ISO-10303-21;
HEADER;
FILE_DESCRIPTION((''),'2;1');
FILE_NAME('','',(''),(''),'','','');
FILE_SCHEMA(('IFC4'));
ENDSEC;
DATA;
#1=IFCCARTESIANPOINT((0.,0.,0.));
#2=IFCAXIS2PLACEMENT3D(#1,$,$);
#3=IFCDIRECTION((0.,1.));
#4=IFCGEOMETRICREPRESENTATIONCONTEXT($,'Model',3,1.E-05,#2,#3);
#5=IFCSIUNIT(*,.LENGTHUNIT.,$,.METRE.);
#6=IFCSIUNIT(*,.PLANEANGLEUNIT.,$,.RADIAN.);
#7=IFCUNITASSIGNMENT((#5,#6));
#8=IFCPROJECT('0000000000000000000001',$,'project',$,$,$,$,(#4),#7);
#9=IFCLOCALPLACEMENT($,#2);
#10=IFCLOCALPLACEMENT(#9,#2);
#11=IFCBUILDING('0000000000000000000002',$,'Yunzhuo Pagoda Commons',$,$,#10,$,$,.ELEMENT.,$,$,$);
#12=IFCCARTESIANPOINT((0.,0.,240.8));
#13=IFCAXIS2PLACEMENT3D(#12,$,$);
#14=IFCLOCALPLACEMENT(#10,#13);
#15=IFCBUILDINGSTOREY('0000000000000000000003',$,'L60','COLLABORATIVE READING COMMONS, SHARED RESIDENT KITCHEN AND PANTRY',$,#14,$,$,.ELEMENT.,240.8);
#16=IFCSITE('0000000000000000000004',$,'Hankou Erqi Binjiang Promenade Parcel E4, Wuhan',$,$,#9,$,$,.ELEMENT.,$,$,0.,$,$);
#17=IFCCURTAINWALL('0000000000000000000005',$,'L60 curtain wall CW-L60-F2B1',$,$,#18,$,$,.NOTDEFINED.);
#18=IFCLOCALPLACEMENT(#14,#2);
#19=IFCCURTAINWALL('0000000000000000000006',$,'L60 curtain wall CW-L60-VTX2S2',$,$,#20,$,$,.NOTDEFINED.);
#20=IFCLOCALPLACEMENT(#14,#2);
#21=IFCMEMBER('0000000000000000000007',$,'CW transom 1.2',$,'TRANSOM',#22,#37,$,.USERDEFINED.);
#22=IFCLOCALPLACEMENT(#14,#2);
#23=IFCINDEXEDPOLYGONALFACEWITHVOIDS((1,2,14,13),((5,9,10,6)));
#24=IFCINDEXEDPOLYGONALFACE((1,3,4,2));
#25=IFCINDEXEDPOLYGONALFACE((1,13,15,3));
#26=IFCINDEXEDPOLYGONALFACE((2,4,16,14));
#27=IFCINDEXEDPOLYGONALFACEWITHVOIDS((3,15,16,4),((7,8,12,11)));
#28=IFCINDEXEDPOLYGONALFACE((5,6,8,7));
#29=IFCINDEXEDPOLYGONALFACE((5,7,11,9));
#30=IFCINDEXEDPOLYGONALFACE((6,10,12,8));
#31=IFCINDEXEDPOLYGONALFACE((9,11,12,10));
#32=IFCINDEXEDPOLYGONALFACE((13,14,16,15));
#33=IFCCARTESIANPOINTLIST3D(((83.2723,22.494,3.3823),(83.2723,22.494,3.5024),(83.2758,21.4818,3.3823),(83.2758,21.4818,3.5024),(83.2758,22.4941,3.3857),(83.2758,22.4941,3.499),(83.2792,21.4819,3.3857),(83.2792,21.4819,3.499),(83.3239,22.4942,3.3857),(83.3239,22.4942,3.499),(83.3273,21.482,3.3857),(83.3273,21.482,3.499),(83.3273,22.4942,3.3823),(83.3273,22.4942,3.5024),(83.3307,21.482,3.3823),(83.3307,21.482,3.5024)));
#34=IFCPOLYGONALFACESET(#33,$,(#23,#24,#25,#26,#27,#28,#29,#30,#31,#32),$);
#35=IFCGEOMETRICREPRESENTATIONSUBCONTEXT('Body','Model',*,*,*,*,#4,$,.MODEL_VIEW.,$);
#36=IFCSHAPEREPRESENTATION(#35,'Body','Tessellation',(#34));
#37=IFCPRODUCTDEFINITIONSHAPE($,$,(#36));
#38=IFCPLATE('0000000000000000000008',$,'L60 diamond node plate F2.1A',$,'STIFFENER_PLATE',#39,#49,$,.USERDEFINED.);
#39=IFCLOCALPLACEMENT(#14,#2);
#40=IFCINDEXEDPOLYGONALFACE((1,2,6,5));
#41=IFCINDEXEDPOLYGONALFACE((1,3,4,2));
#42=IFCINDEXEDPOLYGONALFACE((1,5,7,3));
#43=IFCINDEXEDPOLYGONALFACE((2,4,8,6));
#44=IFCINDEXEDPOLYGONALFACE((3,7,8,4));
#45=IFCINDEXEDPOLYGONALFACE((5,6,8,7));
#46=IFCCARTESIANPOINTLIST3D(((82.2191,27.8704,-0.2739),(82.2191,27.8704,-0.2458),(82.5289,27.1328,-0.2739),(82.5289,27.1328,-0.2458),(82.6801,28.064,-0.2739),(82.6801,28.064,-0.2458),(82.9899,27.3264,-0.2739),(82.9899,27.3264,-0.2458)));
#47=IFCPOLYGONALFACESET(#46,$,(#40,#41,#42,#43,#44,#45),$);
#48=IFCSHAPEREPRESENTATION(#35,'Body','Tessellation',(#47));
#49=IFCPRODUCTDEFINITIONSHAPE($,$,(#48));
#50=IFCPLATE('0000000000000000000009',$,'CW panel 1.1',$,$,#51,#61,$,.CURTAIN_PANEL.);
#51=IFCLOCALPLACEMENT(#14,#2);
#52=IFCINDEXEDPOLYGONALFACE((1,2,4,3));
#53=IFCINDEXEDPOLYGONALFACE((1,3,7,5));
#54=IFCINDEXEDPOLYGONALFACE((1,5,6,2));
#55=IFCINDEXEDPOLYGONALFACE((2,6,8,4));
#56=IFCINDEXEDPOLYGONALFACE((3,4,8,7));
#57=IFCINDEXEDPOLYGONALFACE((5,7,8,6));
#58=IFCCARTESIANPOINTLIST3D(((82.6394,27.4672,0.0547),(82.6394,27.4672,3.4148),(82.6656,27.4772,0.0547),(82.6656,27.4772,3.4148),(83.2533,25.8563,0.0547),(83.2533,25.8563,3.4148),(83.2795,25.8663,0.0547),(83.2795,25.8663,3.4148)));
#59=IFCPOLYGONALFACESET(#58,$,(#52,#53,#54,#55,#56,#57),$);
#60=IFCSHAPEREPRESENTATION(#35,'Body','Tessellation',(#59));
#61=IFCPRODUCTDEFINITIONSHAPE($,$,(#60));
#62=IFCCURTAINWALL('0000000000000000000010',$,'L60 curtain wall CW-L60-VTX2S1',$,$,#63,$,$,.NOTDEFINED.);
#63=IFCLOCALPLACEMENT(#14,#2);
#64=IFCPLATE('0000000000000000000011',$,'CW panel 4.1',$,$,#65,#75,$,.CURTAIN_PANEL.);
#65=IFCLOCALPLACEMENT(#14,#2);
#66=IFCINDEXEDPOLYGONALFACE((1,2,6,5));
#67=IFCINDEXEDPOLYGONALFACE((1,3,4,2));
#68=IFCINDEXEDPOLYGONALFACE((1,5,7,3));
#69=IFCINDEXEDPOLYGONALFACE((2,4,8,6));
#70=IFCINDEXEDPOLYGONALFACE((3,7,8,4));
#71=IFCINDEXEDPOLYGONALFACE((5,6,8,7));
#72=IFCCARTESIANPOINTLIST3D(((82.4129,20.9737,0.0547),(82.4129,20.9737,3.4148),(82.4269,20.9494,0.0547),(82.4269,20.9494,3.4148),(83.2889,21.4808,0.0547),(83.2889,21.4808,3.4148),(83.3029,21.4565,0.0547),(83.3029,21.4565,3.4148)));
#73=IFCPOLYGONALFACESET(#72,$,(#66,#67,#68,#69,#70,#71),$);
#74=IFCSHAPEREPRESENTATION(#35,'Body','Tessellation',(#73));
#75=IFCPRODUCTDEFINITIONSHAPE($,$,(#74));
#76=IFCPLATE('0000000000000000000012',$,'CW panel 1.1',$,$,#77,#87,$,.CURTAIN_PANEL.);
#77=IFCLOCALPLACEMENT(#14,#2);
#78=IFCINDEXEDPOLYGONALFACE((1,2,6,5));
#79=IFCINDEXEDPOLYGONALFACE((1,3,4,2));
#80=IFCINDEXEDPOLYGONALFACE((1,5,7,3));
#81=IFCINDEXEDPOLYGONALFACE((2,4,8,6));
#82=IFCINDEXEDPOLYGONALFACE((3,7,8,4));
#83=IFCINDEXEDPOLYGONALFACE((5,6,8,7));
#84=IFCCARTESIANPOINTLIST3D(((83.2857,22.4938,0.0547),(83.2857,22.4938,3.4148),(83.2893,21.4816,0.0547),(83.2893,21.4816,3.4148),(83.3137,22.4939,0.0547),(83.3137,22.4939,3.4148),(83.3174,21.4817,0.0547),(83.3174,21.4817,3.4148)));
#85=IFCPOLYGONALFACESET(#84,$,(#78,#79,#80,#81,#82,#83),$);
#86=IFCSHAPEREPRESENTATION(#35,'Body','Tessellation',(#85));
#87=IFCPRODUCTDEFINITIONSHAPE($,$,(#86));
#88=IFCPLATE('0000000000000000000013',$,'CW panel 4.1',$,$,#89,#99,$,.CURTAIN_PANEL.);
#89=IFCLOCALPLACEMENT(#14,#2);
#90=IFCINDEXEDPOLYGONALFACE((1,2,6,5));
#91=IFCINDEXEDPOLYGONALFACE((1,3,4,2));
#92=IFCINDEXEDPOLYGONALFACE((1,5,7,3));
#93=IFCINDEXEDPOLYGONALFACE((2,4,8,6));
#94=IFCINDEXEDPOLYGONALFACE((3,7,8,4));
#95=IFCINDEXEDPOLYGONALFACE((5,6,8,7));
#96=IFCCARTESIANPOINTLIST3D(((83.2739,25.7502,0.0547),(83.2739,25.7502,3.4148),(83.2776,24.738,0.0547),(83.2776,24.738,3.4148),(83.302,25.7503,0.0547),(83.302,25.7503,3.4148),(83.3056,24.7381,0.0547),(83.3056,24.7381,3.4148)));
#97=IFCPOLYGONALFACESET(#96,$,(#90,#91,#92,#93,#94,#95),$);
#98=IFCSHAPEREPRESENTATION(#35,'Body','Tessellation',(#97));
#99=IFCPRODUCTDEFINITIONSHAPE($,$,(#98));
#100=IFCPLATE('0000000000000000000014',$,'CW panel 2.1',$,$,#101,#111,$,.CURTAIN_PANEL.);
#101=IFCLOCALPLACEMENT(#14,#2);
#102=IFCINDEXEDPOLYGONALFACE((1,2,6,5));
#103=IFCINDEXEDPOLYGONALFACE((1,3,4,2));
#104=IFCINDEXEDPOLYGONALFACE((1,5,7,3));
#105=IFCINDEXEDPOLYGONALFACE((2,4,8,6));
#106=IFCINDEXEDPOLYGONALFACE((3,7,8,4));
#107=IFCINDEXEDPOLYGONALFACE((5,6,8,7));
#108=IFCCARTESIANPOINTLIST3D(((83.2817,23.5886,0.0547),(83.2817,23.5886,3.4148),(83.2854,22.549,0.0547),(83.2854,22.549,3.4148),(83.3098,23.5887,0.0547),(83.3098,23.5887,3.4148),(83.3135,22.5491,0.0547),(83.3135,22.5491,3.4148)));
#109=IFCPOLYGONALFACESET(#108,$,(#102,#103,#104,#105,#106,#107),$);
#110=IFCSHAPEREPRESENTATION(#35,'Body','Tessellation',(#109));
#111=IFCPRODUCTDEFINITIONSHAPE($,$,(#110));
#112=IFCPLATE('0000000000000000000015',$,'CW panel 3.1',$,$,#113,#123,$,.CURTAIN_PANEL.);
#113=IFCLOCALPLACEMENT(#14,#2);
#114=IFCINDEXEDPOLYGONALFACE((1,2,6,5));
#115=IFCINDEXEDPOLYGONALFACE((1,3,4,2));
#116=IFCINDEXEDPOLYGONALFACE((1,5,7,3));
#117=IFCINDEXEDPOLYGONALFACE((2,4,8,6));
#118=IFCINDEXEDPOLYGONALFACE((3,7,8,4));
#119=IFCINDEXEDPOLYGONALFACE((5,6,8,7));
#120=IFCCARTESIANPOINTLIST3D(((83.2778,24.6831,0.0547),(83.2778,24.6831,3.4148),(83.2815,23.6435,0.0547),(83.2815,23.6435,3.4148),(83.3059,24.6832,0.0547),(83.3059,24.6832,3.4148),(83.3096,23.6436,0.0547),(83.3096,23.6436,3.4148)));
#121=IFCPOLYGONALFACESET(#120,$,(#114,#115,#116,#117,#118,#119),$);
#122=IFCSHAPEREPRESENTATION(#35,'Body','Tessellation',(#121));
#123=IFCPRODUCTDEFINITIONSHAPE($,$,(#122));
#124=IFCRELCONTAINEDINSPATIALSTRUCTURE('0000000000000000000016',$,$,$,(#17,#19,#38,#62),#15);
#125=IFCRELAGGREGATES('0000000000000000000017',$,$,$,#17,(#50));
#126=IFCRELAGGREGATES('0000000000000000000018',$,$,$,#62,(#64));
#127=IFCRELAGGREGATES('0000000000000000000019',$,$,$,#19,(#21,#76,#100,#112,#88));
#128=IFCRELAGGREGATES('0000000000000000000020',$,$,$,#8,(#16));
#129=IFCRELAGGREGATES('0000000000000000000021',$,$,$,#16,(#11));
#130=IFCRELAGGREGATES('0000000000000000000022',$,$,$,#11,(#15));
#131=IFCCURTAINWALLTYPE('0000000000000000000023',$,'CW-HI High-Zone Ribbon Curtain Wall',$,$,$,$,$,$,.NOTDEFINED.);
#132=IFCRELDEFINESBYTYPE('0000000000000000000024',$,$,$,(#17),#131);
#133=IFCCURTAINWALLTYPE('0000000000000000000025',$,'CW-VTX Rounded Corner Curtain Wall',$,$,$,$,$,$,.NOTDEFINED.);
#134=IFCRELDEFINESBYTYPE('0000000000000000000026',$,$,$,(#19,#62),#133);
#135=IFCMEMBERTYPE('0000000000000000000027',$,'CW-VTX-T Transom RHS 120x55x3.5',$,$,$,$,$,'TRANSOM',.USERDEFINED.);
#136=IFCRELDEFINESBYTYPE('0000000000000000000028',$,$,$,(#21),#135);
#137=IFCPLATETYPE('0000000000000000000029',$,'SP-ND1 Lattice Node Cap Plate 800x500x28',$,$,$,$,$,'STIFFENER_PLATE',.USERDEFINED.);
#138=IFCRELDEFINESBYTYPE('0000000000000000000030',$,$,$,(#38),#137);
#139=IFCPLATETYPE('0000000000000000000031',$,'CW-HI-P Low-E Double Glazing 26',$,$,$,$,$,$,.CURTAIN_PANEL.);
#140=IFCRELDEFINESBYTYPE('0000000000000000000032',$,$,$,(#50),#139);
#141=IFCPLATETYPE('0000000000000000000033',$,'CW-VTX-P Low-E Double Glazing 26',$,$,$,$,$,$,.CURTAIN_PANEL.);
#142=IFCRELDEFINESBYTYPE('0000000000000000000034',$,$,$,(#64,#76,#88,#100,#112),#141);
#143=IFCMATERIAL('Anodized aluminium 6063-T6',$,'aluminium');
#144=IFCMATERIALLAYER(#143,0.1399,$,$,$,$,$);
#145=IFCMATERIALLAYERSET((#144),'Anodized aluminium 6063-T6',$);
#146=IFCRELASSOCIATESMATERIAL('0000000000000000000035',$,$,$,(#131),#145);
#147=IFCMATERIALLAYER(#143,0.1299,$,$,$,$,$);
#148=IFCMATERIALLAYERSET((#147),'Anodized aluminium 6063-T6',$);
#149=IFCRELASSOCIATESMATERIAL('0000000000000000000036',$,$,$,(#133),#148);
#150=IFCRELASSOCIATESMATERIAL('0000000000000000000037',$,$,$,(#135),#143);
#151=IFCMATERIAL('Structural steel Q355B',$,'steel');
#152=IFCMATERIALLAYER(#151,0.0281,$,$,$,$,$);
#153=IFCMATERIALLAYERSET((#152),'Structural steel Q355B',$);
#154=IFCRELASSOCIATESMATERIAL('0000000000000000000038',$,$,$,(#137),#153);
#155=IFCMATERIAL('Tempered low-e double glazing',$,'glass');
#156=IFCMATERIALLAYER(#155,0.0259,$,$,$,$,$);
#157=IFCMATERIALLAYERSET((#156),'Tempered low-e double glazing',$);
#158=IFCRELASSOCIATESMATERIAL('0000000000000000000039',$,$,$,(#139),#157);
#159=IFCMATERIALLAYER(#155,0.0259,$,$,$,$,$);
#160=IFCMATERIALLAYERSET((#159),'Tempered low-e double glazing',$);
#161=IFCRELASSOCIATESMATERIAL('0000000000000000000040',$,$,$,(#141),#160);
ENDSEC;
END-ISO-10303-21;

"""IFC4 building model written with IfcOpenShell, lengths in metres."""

from ifc_helpers import new_model, si_unit, direction, frame, origin, origin_2d, place, context, subcontext, project, spatial, rectangle, hollow_rectangle, extrude, source, transform, mapped, material, layer, layer_set, material_profile, profile_set, type_object, element, aggregate, save


model = new_model("IFC4")

# Units and contexts
model_context = context("Model", 3, precision=1e-05, world=origin(), true_north=direction((0.0, 1.0)))
body_context = subcontext(model_context, "Body", "Model", "MODEL_VIEW")
ifc_project = project(units=[si_unit("LENGTHUNIT", "METRE"), si_unit("PLANEANGLEUNIT", "RADIAN")], contexts=[model_context])

# Site, building, storey
site_placement = place(None, origin())
site = spatial("IfcSite", under=ifc_project, at=site_placement, Name="Hankou Erqi Binjiang Promenade Parcel E4, Wuhan", CompositionType="ELEMENT", RefElevation=0.0)
building_placement = place(site_placement, origin())
building = spatial("IfcBuilding", under=site, at=building_placement, Name="Yunzhuo Pagoda Commons", CompositionType="ELEMENT")
storey_placement = place(building_placement, frame((0.0, 0.0, 240.8)))
storey = spatial("IfcBuildingStorey", under=building, at=storey_placement, Name="L60", Description="COLLABORATIVE READING COMMONS, SHARED RESIDENT KITCHEN AND PANTRY", CompositionType="ELEMENT", Elevation=240.8)

# Shared definitions
ifc_material_1 = material(Name="Structural steel Q355B", Category="steel")

# Shared definitions
ifc_material_2 = material(Name="Anodized aluminium 6063-T6", Category="aluminium")
ifc_layer_1 = layer(ifc_material_2, 0.1399)
ifc_layer_set_1 = layer_set([ifc_layer_1], Name="Anodized aluminium 6063-T6")
curtain_wall_type_1 = type_object("IfcCurtainWallType", Name="CW-HI High-Zone Ribbon Curtain Wall", PredefinedType="NOTDEFINED", material=ifc_layer_set_1)

# Curtain wall
curtain_wall_1_placement = place(storey_placement, origin())
curtain_wall_1 = element("IfcCurtainWall", 1, at=curtain_wall_1_placement, inside=storey, type_object=curtain_wall_type_1, Name="L60 curtain wall CW-L60-F2B1", PredefinedType="NOTDEFINED")

# Curtain wall, member
ifc_layer_2 = layer(ifc_material_2, 0.1299)
ifc_layer_set_2 = layer_set([ifc_layer_2], Name="Anodized aluminium 6063-T6")
curtain_wall_type_2 = type_object("IfcCurtainWallType", Name="CW-VTX Rounded Corner Curtain Wall", PredefinedType="NOTDEFINED", material=ifc_layer_set_2)
curtain_wall_2_placement = place(storey_placement, origin())
curtain_wall_2 = element("IfcCurtainWall", 2, at=curtain_wall_2_placement, inside=storey, type_object=curtain_wall_type_2, Name="L60 curtain wall CW-L60-VTX2S2", PredefinedType="NOTDEFINED")
ifc_material_profile_1 = material_profile(ifc_material_2, hollow_rectangle(XDim=0.0549, YDim=0.1201, WallThickness=0.0034, at=origin_2d()), Name="Anodized aluminium 6063-T6")
ifc_profile_set_1 = profile_set([ifc_material_profile_1], Name="Anodized aluminium 6063-T6")
member_type_1 = type_object("IfcMemberType", Name="CW-VTX-T Transom RHS 120x55x3.5", ElementType="TRANSOM", PredefinedType="USERDEFINED", material=ifc_profile_set_1)
shared_shape_1 = source(origin(), body_context, "Body", "SweptSolid", [
    extrude(hollow_rectangle(XDim=0.0549, YDim=0.1201, WallThickness=0.0034, at=origin_2d()), origin(), (0.0, 0.0, 1.0), 1.0122),
])
member_1_placement = place(storey_placement, frame((83.3032, 21.4819, 3.4424), z_axis=(-0.003377, 0.999994, 0.0), x_axis=(-0.999994, -0.003377, 0.0)))
member_1 = element("IfcMember", 3, at=member_1_placement, type_object=member_type_1, Name="CW transom 1.2", ObjectType="TRANSOM", PredefinedType="USERDEFINED", context=body_context, shape_type="MappedRepresentation", body=[
    mapped(shared_shape_1, transform((0.0, 0.0, 0.0), scale=1.0)),
])

# Plates
ifc_layer_3 = layer(ifc_material_1, 0.0281)
ifc_layer_set_3 = layer_set([ifc_layer_3], Name="Structural steel Q355B")
plate_type_1 = type_object("IfcPlateType", Name="SP-ND1 Lattice Node Cap Plate 800x500x28", ElementType="STIFFENER_PLATE", PredefinedType="USERDEFINED", material=ifc_layer_set_3)
shared_shape_2 = source(origin(), body_context, "Body", "SweptSolid", [
    extrude(rectangle(XDim=0.8, YDim=0.5, at=origin_2d()), origin(), (0.0, 0.0, 1.0), 0.0281),
])
plate_1_placement = place(storey_placement, frame((82.6045, 27.5984, -0.2739), z_axis=(0.0, 0.0, 1.0), x_axis=(-0.387178, 0.922005, 0.0)))
element("IfcPlate", 4, at=plate_1_placement, inside=storey, type_object=plate_type_1, Name="L60 diamond node plate F2.1A", ObjectType="STIFFENER_PLATE", PredefinedType="USERDEFINED", context=body_context, shape_type="MappedRepresentation", body=[
    mapped(shared_shape_2, transform((0.0, 0.0, 0.0), scale=1.0)),
])
ifc_material_3 = material(Name="Tempered low-e double glazing", Category="glass")
ifc_layer_4 = layer(ifc_material_3, 0.0259)
ifc_layer_set_4 = layer_set([ifc_layer_4], Name="Tempered low-e double glazing")
plate_type_2 = type_object("IfcPlateType", Name="CW-HI-P Low-E Double Glazing 26", PredefinedType="CURTAIN_PANEL", material=ifc_layer_set_4)
shared_shape_3 = source(origin(), body_context, "Body", "SweptSolid", [
    extrude(rectangle(XDim=1.7239, YDim=0.0281, at=origin_2d()), origin(), (0.0, 0.0, 1.0), 3.3601),
])
plate_2_placement = place(storey_placement, frame((82.9595, 26.6667, 0.0547), z_axis=(0.0, 0.0, 1.0), x_axis=(-0.356117, 0.934441, 0.0)))
plate_2 = element("IfcPlate", 5, at=plate_2_placement, type_object=plate_type_2, Name="CW panel 1.1", PredefinedType="CURTAIN_PANEL", context=body_context, shape_type="MappedRepresentation", body=[
    mapped(shared_shape_3, transform((0.0, 0.0, 0.0), scale=1.0)),
])
aggregate(curtain_wall_1, [plate_2])

# Curtain wall, plate
curtain_wall_3_placement = place(storey_placement, origin())
curtain_wall_3 = element("IfcCurtainWall", 6, at=curtain_wall_3_placement, inside=storey, type_object=curtain_wall_type_2, Name="L60 curtain wall CW-L60-VTX2S1", PredefinedType="NOTDEFINED")
ifc_layer_5 = layer(ifc_material_3, 0.0259)
ifc_layer_set_5 = layer_set([ifc_layer_5], Name="Tempered low-e double glazing")
plate_type_3 = type_object("IfcPlateType", Name="CW-VTX-P Low-E Double Glazing 26", PredefinedType="CURTAIN_PANEL", material=ifc_layer_set_5)
shared_shape_4 = source(origin(), body_context, "Body", "SweptSolid", [
    extrude(rectangle(XDim=1.0122, YDim=0.0281, at=origin_2d()), origin(), (0.0, 0.0, 1.0), 3.3601),
])
plate_3_placement = place(storey_placement, frame((82.8579, 21.2151, 0.0547), z_axis=(0.0, 0.0, 1.0), x_axis=(0.865427, 0.501035, 0.0)))
plate_3 = element("IfcPlate", 7, at=plate_3_placement, type_object=plate_type_3, Name="CW panel 4.1", PredefinedType="CURTAIN_PANEL", context=body_context, shape_type="MappedRepresentation", body=[
    mapped(shared_shape_4, transform((0.0, 0.0, 0.0), scale=1.0)),
])
aggregate(curtain_wall_3, [plate_3])

# Plates
plate_4_placement = place(storey_placement, frame((83.3015, 21.9878, 0.0547), z_axis=(0.0, 0.0, 1.0), x_axis=(-0.003586, 0.999994, 0.0)))
plate_4 = element("IfcPlate", 8, at=plate_4_placement, type_object=plate_type_3, Name="CW panel 1.1", PredefinedType="CURTAIN_PANEL", context=body_context, shape_type="MappedRepresentation", body=[
    mapped(shared_shape_4, transform((0.0, 0.0, 0.0), scale=1.0)),
])
plate_5_placement = place(storey_placement, frame((83.2898, 25.2441, 0.0547), z_axis=(0.0, 0.0, 1.0), x_axis=(-0.003586, 0.999994, 0.0)))
plate_5 = element("IfcPlate", 9, at=plate_5_placement, type_object=plate_type_3, Name="CW panel 4.1", PredefinedType="CURTAIN_PANEL", context=body_context, shape_type="MappedRepresentation", body=[
    mapped(shared_shape_4, transform((0.0, 0.0, 0.0), scale=1.0)),
])
shared_shape_5 = source(origin(), body_context, "Body", "SweptSolid", [
    extrude(rectangle(XDim=1.0396, YDim=0.0281, at=origin_2d()), origin(), (0.0, 0.0, 1.0), 3.3601),
])
plate_6_placement = place(storey_placement, frame((83.2976, 23.0688, 0.0547), z_axis=(0.0, 0.0, 1.0), x_axis=(-0.003586, 0.999994, 0.0)))
plate_6 = element("IfcPlate", 10, at=plate_6_placement, type_object=plate_type_3, Name="CW panel 2.1", PredefinedType="CURTAIN_PANEL", context=body_context, shape_type="MappedRepresentation", body=[
    mapped(shared_shape_5, transform((0.0, 0.0, 0.0), scale=1.0)),
])
plate_7_placement = place(storey_placement, frame((83.2937, 24.1633, 0.0547), z_axis=(0.0, 0.0, 1.0), x_axis=(-0.003586, 0.999994, 0.0)))
plate_7 = element("IfcPlate", 11, at=plate_7_placement, type_object=plate_type_3, Name="CW panel 3.1", PredefinedType="CURTAIN_PANEL", context=body_context, shape_type="MappedRepresentation", body=[
    mapped(shared_shape_5, transform((0.0, 0.0, 0.0), scale=1.0)),
])
aggregate(curtain_wall_2, [member_1, plate_4, plate_6, plate_7, plate_5])

save(model, "model.ifc")
